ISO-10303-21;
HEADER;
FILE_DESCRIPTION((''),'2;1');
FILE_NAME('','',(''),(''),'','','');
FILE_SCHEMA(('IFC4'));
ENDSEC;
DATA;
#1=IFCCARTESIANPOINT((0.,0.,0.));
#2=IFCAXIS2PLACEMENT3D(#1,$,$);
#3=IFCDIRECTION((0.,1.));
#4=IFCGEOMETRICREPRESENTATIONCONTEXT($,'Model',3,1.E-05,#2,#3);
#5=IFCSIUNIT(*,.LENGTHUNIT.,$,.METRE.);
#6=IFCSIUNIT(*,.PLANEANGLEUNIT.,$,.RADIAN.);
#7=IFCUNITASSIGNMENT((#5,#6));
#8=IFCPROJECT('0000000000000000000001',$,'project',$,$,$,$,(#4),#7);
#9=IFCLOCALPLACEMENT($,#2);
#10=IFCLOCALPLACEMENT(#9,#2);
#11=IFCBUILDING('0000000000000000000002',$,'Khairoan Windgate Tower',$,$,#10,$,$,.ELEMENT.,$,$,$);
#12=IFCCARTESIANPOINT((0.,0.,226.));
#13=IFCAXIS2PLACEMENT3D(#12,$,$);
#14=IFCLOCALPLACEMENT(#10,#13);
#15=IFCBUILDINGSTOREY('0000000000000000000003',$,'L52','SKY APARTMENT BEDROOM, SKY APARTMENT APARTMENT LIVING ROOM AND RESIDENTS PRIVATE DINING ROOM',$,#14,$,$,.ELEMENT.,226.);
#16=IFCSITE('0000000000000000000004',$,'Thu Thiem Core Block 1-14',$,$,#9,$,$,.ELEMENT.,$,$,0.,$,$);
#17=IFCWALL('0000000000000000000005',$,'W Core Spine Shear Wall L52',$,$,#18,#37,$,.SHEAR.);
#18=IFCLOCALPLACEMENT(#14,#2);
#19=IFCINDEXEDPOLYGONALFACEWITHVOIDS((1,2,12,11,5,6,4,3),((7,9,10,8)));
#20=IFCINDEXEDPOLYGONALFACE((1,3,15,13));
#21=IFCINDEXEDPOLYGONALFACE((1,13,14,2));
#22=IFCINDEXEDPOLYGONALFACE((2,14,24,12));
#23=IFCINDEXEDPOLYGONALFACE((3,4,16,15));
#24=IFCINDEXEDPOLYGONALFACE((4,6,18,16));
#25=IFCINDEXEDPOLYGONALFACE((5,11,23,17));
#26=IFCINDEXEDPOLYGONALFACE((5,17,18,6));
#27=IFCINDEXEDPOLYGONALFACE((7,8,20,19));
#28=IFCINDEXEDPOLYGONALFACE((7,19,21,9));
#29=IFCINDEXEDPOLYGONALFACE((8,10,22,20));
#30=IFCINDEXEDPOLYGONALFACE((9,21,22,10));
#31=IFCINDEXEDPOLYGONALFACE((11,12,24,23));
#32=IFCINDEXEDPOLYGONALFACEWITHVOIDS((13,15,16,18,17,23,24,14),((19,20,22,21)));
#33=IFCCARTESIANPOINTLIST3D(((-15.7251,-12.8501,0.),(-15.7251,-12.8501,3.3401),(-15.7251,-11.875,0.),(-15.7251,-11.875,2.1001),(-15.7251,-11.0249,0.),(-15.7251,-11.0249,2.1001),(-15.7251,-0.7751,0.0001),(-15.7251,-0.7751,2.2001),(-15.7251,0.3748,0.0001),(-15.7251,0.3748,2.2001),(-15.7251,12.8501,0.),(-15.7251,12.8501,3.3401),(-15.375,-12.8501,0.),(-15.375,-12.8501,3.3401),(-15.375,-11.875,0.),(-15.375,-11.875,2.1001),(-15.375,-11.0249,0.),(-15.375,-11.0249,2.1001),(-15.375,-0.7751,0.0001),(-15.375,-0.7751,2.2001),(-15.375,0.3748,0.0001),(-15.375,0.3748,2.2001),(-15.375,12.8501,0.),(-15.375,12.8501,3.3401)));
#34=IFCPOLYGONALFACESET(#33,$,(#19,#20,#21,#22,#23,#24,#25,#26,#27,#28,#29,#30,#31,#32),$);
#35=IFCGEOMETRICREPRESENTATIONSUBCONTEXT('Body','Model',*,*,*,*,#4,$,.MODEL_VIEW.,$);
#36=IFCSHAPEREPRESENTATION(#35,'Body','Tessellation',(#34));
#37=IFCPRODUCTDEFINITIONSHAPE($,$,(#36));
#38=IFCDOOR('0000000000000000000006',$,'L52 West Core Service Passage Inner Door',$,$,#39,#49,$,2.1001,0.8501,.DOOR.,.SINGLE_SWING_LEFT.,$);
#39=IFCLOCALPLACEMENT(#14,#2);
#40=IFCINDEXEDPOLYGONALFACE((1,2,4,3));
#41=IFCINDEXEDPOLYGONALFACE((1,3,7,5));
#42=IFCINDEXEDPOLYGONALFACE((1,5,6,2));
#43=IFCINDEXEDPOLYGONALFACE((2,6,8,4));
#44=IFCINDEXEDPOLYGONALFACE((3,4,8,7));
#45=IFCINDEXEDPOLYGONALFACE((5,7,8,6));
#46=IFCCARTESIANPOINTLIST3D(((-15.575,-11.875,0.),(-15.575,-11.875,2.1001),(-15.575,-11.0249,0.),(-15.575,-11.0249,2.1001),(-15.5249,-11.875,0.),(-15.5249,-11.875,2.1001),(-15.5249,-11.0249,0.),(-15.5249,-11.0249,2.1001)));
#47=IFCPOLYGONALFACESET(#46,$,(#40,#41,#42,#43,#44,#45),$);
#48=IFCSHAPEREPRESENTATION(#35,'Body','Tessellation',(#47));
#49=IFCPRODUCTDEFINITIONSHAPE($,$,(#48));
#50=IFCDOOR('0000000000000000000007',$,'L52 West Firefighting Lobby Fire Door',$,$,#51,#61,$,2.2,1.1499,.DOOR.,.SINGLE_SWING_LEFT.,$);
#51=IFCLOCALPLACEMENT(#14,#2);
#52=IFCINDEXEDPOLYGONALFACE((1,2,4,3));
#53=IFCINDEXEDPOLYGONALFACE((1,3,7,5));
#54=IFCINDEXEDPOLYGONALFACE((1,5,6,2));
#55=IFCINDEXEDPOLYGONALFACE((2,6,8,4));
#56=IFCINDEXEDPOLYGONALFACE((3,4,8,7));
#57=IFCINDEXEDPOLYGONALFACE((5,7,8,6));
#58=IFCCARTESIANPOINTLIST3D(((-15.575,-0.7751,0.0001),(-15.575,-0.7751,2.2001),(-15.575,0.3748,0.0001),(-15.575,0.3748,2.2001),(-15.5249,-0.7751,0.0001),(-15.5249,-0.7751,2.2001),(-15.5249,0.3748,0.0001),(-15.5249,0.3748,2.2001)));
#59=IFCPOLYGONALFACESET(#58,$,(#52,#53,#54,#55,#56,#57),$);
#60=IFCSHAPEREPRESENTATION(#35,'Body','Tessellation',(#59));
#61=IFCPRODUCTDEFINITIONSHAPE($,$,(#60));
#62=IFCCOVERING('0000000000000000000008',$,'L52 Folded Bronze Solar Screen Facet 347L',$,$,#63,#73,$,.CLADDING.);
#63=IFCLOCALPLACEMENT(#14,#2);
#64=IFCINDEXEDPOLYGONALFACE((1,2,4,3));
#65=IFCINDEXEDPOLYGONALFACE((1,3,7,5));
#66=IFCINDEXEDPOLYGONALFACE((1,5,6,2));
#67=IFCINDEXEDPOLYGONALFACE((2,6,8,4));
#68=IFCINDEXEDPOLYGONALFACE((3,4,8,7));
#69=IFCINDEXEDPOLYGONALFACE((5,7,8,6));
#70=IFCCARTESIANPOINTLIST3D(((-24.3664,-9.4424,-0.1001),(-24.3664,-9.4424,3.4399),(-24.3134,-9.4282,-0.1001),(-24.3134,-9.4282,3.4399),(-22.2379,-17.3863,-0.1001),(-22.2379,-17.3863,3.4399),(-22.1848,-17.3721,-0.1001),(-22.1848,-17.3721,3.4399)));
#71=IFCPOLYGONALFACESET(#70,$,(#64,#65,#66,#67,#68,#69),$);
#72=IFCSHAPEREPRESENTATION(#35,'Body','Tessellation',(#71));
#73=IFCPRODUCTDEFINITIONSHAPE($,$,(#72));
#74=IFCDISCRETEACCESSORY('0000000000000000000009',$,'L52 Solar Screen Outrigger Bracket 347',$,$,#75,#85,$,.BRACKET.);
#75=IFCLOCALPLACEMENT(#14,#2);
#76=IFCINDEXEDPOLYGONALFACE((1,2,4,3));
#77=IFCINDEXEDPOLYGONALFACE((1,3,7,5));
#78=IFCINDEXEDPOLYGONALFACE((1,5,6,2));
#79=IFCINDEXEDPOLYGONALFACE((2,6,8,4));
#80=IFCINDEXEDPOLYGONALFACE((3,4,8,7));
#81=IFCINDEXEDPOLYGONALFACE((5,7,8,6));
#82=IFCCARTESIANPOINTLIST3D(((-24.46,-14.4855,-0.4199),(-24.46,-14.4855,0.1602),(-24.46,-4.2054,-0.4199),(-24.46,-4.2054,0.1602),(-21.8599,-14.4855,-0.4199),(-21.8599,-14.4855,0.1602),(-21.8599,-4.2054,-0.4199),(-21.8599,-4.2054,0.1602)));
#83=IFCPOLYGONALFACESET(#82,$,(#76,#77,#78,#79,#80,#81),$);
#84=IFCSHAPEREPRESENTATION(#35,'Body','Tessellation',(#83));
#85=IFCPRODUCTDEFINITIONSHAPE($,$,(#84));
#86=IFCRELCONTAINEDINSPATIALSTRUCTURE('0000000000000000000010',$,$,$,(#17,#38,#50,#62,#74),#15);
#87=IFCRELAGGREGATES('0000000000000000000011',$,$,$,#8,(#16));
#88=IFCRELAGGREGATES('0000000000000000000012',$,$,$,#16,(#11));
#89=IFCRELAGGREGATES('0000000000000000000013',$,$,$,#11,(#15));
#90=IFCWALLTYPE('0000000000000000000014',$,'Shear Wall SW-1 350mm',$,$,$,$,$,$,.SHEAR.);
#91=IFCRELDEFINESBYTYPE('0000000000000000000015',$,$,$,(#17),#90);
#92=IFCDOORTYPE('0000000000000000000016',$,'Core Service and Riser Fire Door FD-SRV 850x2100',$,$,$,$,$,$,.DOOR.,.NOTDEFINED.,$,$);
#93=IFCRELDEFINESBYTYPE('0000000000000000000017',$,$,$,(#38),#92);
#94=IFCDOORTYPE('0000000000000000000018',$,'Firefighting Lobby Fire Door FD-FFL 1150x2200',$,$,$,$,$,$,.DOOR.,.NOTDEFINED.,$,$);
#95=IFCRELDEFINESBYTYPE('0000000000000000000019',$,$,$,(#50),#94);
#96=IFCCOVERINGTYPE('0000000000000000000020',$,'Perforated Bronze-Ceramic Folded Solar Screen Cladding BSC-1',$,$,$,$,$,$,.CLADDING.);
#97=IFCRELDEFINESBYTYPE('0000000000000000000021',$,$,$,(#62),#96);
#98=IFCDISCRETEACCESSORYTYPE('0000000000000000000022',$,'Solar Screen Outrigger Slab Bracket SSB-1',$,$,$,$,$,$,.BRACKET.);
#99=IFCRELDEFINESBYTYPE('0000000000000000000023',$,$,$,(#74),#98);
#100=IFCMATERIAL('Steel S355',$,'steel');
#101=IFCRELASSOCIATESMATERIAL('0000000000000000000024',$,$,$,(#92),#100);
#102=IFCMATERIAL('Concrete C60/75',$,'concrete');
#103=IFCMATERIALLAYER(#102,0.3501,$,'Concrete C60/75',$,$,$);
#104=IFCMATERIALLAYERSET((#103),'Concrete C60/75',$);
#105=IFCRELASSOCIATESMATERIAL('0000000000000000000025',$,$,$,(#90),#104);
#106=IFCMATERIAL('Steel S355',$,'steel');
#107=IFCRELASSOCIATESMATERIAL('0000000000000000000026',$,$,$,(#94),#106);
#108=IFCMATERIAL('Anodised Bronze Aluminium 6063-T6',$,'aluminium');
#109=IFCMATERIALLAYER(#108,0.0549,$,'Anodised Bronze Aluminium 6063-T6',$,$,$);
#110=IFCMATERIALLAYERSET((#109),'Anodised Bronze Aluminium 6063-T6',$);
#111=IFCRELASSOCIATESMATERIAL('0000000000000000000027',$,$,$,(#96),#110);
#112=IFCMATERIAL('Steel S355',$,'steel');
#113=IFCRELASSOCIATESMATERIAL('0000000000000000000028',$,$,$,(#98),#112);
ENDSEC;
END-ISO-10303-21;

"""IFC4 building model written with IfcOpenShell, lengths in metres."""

from ifc_helpers import new_model, si_unit, direction, frame, frame_2d, origin, origin_2d, place, context, subcontext, project, spatial, rectangle, extrude, material, layer, layer_set, type_object, element, fill, save


model = new_model("IFC4")

# Units and contexts
model_context = context("Model", 3, precision=1e-05, world=origin(), true_north=direction((0.0, 1.0)))
body_context = subcontext(model_context, "Body", "Model", "MODEL_VIEW")
ifc_project = project(units=[si_unit("LENGTHUNIT", "METRE"), si_unit("PLANEANGLEUNIT", "RADIAN")], contexts=[model_context])

# Site, building, storey
site_placement = place(None, origin())
site = spatial("IfcSite", under=ifc_project, at=site_placement, Name="Thu Thiem Core Block 1-14", CompositionType="ELEMENT", RefElevation=0.0)
building_placement = place(site_placement, origin())
building = spatial("IfcBuilding", under=site, at=building_placement, Name="Khairoan Windgate Tower", CompositionType="ELEMENT")
storey_placement = place(building_placement, frame((0.0, 0.0, 226.0)))
storey = spatial("IfcBuildingStorey", under=building, at=storey_placement, Name="L52", Description="SKY APARTMENT BEDROOM, SKY APARTMENT APARTMENT LIVING ROOM AND RESIDENTS PRIVATE DINING ROOM", CompositionType="ELEMENT", Elevation=226.0)

# Shared definitions
ifc_material_1 = material(Name="Steel S355", Category="steel")
door_type_1 = type_object("IfcDoorType", Name="Core Service and Riser Fire Door FD-SRV 850x2100", OperationType="NOTDEFINED", PredefinedType="DOOR", material=ifc_material_1)

# Wall, openings, doors
ifc_material_2 = material(Name="Concrete C60/75", Category="concrete")
ifc_layer_1 = layer(ifc_material_2, 0.3501, Name="Concrete C60/75")
ifc_layer_set_1 = layer_set([ifc_layer_1], Name="Concrete C60/75")
wall_type_1 = type_object("IfcWallType", Name="Shear Wall SW-1 350mm", PredefinedType="SHEAR", material=ifc_layer_set_1)
wall_1_placement = place(storey_placement, frame((-15.55, -12.8501, 0.0), z_axis=(0.0, 0.0, 1.0), x_axis=(0.0, 1.0, 0.0)))
wall_1 = element("IfcWall", 1, at=wall_1_placement, inside=storey, type_object=wall_type_1, Name="W Core Spine Shear Wall L52", PredefinedType="SHEAR", context=body_context, shape_type="SweptSolid", body=[
    extrude(rectangle(XDim=25.7002, YDim=0.3501, at=frame_2d((12.8501, 0.0))), origin(), (0.0, 0.0, 1.0), 3.3401),
])
opening_1_placement = place(wall_1_placement, frame((12.075, 0.0, 0.0)))
opening_1 = element("IfcOpeningElement", 2, at=opening_1_placement, cuts=wall_1, PredefinedType="OPENING", context=body_context, shape_type="SweptSolid", body=[
    extrude(rectangle(XDim=1.1499, YDim=2.2, at=frame_2d((0.575, 1.1001))), frame((0.0, 0.1851, 0.0), z_axis=(0.0, -1.0, 0.0), x_axis=(1.0, 0.0, 0.0)), (0.0, 0.0, 1.0), 0.3701),
])
opening_2_placement = place(wall_1_placement, frame((0.9751, 0.0, 0.0)))
opening_2 = element("IfcOpeningElement", 3, at=opening_2_placement, cuts=wall_1, PredefinedType="OPENING", context=body_context, shape_type="SweptSolid", body=[
    extrude(rectangle(XDim=0.8501, YDim=2.1001, at=frame_2d((0.425, 1.05))), frame((0.0, 0.1851, 0.0), z_axis=(0.0, -1.0, 0.0), x_axis=(1.0, 0.0, 0.0)), (0.0, 0.0, 1.0), 0.3701),
])
door_1_placement = place(opening_2_placement, origin())
door_1 = element("IfcDoor", 4, at=door_1_placement, inside=storey, type_object=door_type_1, Name="L52 West Core Service Passage Inner Door", OperationType="SINGLE_SWING_LEFT", OverallHeight=2.1001, OverallWidth=0.8501, PredefinedType="DOOR", context=body_context, shape_type="SweptSolid", body=[
    extrude(rectangle(XDim=0.8501, YDim=2.1001, at=frame_2d((0.425, 1.05))), frame((0.0, 0.0249, 0.0), z_axis=(0.0, -1.0, 0.0), x_axis=(1.0, 0.0, 0.0)), (0.0, 0.0, 1.0), 0.05),
])
fill(opening_2, door_1)
ifc_material_3 = material(Name="Steel S355", Category="steel")
door_type_2 = type_object("IfcDoorType", Name="Firefighting Lobby Fire Door FD-FFL 1150x2200", OperationType="NOTDEFINED", PredefinedType="DOOR", material=ifc_material_3)
door_2_placement = place(opening_1_placement, origin())
door_2 = element("IfcDoor", 5, at=door_2_placement, inside=storey, type_object=door_type_2, Name="L52 West Firefighting Lobby Fire Door", OperationType="SINGLE_SWING_LEFT", OverallHeight=2.2, OverallWidth=1.1499, PredefinedType="DOOR", context=body_context, shape_type="SweptSolid", body=[
    extrude(rectangle(XDim=1.1499, YDim=2.2, at=frame_2d((0.575, 1.1001))), frame((0.0, 0.0249, 0.0), z_axis=(0.0, -1.0, 0.0), x_axis=(1.0, 0.0, 0.0)), (0.0, 0.0, 1.0), 0.05),
])
fill(opening_1, door_2)

# Covering
ifc_material_4 = material(Name="Anodised Bronze Aluminium 6063-T6", Category="aluminium")
ifc_layer_2 = layer(ifc_material_4, 0.0549, Name="Anodised Bronze Aluminium 6063-T6")
ifc_layer_set_2 = layer_set([ifc_layer_2], Name="Anodised Bronze Aluminium 6063-T6")
covering_type = type_object("IfcCoveringType", Name="Perforated Bronze-Ceramic Folded Solar Screen Cladding BSC-1", PredefinedType="CLADDING", material=ifc_layer_set_2)
covering_placement = place(storey_placement, frame((-23.2756, -13.4072, -0.1001), z_axis=(0.0, 0.0, 1.0), x_axis=(-0.258819, 0.965926, 0.0)))
element("IfcCovering", 6, at=covering_placement, inside=storey, type_object=covering_type, Name="L52 Folded Bronze Solar Screen Facet 347L", PredefinedType="CLADDING", context=body_context, shape_type="SweptSolid", body=[
    extrude(rectangle(XDim=8.2241, YDim=0.0549, at=origin_2d()), origin(), (0.0, 0.0, 1.0), 3.54),
])

# Discrete accessory
ifc_material_5 = material(Name="Steel S355", Category="steel")
discrete_accessory_type = type_object("IfcDiscreteAccessoryType", Name="Solar Screen Outrigger Slab Bracket SSB-1", PredefinedType="BRACKET", material=ifc_material_5)
discrete_accessory_placement = place(storey_placement, frame((-23.1599, -9.3455, -0.4199), z_axis=(0.0, 0.0, 1.0), x_axis=(0.0, 1.0, 0.0)))
element("IfcDiscreteAccessory", 7, at=discrete_accessory_placement, inside=storey, type_object=discrete_accessory_type, Name="L52 Solar Screen Outrigger Bracket 347", PredefinedType="BRACKET", context=body_context, shape_type="SweptSolid", body=[
    extrude(rectangle(XDim=10.28, YDim=2.6001, at=origin_2d()), origin(), (0.0, 0.0, 1.0), 0.5801),
])

save(model, "model.ifc")
